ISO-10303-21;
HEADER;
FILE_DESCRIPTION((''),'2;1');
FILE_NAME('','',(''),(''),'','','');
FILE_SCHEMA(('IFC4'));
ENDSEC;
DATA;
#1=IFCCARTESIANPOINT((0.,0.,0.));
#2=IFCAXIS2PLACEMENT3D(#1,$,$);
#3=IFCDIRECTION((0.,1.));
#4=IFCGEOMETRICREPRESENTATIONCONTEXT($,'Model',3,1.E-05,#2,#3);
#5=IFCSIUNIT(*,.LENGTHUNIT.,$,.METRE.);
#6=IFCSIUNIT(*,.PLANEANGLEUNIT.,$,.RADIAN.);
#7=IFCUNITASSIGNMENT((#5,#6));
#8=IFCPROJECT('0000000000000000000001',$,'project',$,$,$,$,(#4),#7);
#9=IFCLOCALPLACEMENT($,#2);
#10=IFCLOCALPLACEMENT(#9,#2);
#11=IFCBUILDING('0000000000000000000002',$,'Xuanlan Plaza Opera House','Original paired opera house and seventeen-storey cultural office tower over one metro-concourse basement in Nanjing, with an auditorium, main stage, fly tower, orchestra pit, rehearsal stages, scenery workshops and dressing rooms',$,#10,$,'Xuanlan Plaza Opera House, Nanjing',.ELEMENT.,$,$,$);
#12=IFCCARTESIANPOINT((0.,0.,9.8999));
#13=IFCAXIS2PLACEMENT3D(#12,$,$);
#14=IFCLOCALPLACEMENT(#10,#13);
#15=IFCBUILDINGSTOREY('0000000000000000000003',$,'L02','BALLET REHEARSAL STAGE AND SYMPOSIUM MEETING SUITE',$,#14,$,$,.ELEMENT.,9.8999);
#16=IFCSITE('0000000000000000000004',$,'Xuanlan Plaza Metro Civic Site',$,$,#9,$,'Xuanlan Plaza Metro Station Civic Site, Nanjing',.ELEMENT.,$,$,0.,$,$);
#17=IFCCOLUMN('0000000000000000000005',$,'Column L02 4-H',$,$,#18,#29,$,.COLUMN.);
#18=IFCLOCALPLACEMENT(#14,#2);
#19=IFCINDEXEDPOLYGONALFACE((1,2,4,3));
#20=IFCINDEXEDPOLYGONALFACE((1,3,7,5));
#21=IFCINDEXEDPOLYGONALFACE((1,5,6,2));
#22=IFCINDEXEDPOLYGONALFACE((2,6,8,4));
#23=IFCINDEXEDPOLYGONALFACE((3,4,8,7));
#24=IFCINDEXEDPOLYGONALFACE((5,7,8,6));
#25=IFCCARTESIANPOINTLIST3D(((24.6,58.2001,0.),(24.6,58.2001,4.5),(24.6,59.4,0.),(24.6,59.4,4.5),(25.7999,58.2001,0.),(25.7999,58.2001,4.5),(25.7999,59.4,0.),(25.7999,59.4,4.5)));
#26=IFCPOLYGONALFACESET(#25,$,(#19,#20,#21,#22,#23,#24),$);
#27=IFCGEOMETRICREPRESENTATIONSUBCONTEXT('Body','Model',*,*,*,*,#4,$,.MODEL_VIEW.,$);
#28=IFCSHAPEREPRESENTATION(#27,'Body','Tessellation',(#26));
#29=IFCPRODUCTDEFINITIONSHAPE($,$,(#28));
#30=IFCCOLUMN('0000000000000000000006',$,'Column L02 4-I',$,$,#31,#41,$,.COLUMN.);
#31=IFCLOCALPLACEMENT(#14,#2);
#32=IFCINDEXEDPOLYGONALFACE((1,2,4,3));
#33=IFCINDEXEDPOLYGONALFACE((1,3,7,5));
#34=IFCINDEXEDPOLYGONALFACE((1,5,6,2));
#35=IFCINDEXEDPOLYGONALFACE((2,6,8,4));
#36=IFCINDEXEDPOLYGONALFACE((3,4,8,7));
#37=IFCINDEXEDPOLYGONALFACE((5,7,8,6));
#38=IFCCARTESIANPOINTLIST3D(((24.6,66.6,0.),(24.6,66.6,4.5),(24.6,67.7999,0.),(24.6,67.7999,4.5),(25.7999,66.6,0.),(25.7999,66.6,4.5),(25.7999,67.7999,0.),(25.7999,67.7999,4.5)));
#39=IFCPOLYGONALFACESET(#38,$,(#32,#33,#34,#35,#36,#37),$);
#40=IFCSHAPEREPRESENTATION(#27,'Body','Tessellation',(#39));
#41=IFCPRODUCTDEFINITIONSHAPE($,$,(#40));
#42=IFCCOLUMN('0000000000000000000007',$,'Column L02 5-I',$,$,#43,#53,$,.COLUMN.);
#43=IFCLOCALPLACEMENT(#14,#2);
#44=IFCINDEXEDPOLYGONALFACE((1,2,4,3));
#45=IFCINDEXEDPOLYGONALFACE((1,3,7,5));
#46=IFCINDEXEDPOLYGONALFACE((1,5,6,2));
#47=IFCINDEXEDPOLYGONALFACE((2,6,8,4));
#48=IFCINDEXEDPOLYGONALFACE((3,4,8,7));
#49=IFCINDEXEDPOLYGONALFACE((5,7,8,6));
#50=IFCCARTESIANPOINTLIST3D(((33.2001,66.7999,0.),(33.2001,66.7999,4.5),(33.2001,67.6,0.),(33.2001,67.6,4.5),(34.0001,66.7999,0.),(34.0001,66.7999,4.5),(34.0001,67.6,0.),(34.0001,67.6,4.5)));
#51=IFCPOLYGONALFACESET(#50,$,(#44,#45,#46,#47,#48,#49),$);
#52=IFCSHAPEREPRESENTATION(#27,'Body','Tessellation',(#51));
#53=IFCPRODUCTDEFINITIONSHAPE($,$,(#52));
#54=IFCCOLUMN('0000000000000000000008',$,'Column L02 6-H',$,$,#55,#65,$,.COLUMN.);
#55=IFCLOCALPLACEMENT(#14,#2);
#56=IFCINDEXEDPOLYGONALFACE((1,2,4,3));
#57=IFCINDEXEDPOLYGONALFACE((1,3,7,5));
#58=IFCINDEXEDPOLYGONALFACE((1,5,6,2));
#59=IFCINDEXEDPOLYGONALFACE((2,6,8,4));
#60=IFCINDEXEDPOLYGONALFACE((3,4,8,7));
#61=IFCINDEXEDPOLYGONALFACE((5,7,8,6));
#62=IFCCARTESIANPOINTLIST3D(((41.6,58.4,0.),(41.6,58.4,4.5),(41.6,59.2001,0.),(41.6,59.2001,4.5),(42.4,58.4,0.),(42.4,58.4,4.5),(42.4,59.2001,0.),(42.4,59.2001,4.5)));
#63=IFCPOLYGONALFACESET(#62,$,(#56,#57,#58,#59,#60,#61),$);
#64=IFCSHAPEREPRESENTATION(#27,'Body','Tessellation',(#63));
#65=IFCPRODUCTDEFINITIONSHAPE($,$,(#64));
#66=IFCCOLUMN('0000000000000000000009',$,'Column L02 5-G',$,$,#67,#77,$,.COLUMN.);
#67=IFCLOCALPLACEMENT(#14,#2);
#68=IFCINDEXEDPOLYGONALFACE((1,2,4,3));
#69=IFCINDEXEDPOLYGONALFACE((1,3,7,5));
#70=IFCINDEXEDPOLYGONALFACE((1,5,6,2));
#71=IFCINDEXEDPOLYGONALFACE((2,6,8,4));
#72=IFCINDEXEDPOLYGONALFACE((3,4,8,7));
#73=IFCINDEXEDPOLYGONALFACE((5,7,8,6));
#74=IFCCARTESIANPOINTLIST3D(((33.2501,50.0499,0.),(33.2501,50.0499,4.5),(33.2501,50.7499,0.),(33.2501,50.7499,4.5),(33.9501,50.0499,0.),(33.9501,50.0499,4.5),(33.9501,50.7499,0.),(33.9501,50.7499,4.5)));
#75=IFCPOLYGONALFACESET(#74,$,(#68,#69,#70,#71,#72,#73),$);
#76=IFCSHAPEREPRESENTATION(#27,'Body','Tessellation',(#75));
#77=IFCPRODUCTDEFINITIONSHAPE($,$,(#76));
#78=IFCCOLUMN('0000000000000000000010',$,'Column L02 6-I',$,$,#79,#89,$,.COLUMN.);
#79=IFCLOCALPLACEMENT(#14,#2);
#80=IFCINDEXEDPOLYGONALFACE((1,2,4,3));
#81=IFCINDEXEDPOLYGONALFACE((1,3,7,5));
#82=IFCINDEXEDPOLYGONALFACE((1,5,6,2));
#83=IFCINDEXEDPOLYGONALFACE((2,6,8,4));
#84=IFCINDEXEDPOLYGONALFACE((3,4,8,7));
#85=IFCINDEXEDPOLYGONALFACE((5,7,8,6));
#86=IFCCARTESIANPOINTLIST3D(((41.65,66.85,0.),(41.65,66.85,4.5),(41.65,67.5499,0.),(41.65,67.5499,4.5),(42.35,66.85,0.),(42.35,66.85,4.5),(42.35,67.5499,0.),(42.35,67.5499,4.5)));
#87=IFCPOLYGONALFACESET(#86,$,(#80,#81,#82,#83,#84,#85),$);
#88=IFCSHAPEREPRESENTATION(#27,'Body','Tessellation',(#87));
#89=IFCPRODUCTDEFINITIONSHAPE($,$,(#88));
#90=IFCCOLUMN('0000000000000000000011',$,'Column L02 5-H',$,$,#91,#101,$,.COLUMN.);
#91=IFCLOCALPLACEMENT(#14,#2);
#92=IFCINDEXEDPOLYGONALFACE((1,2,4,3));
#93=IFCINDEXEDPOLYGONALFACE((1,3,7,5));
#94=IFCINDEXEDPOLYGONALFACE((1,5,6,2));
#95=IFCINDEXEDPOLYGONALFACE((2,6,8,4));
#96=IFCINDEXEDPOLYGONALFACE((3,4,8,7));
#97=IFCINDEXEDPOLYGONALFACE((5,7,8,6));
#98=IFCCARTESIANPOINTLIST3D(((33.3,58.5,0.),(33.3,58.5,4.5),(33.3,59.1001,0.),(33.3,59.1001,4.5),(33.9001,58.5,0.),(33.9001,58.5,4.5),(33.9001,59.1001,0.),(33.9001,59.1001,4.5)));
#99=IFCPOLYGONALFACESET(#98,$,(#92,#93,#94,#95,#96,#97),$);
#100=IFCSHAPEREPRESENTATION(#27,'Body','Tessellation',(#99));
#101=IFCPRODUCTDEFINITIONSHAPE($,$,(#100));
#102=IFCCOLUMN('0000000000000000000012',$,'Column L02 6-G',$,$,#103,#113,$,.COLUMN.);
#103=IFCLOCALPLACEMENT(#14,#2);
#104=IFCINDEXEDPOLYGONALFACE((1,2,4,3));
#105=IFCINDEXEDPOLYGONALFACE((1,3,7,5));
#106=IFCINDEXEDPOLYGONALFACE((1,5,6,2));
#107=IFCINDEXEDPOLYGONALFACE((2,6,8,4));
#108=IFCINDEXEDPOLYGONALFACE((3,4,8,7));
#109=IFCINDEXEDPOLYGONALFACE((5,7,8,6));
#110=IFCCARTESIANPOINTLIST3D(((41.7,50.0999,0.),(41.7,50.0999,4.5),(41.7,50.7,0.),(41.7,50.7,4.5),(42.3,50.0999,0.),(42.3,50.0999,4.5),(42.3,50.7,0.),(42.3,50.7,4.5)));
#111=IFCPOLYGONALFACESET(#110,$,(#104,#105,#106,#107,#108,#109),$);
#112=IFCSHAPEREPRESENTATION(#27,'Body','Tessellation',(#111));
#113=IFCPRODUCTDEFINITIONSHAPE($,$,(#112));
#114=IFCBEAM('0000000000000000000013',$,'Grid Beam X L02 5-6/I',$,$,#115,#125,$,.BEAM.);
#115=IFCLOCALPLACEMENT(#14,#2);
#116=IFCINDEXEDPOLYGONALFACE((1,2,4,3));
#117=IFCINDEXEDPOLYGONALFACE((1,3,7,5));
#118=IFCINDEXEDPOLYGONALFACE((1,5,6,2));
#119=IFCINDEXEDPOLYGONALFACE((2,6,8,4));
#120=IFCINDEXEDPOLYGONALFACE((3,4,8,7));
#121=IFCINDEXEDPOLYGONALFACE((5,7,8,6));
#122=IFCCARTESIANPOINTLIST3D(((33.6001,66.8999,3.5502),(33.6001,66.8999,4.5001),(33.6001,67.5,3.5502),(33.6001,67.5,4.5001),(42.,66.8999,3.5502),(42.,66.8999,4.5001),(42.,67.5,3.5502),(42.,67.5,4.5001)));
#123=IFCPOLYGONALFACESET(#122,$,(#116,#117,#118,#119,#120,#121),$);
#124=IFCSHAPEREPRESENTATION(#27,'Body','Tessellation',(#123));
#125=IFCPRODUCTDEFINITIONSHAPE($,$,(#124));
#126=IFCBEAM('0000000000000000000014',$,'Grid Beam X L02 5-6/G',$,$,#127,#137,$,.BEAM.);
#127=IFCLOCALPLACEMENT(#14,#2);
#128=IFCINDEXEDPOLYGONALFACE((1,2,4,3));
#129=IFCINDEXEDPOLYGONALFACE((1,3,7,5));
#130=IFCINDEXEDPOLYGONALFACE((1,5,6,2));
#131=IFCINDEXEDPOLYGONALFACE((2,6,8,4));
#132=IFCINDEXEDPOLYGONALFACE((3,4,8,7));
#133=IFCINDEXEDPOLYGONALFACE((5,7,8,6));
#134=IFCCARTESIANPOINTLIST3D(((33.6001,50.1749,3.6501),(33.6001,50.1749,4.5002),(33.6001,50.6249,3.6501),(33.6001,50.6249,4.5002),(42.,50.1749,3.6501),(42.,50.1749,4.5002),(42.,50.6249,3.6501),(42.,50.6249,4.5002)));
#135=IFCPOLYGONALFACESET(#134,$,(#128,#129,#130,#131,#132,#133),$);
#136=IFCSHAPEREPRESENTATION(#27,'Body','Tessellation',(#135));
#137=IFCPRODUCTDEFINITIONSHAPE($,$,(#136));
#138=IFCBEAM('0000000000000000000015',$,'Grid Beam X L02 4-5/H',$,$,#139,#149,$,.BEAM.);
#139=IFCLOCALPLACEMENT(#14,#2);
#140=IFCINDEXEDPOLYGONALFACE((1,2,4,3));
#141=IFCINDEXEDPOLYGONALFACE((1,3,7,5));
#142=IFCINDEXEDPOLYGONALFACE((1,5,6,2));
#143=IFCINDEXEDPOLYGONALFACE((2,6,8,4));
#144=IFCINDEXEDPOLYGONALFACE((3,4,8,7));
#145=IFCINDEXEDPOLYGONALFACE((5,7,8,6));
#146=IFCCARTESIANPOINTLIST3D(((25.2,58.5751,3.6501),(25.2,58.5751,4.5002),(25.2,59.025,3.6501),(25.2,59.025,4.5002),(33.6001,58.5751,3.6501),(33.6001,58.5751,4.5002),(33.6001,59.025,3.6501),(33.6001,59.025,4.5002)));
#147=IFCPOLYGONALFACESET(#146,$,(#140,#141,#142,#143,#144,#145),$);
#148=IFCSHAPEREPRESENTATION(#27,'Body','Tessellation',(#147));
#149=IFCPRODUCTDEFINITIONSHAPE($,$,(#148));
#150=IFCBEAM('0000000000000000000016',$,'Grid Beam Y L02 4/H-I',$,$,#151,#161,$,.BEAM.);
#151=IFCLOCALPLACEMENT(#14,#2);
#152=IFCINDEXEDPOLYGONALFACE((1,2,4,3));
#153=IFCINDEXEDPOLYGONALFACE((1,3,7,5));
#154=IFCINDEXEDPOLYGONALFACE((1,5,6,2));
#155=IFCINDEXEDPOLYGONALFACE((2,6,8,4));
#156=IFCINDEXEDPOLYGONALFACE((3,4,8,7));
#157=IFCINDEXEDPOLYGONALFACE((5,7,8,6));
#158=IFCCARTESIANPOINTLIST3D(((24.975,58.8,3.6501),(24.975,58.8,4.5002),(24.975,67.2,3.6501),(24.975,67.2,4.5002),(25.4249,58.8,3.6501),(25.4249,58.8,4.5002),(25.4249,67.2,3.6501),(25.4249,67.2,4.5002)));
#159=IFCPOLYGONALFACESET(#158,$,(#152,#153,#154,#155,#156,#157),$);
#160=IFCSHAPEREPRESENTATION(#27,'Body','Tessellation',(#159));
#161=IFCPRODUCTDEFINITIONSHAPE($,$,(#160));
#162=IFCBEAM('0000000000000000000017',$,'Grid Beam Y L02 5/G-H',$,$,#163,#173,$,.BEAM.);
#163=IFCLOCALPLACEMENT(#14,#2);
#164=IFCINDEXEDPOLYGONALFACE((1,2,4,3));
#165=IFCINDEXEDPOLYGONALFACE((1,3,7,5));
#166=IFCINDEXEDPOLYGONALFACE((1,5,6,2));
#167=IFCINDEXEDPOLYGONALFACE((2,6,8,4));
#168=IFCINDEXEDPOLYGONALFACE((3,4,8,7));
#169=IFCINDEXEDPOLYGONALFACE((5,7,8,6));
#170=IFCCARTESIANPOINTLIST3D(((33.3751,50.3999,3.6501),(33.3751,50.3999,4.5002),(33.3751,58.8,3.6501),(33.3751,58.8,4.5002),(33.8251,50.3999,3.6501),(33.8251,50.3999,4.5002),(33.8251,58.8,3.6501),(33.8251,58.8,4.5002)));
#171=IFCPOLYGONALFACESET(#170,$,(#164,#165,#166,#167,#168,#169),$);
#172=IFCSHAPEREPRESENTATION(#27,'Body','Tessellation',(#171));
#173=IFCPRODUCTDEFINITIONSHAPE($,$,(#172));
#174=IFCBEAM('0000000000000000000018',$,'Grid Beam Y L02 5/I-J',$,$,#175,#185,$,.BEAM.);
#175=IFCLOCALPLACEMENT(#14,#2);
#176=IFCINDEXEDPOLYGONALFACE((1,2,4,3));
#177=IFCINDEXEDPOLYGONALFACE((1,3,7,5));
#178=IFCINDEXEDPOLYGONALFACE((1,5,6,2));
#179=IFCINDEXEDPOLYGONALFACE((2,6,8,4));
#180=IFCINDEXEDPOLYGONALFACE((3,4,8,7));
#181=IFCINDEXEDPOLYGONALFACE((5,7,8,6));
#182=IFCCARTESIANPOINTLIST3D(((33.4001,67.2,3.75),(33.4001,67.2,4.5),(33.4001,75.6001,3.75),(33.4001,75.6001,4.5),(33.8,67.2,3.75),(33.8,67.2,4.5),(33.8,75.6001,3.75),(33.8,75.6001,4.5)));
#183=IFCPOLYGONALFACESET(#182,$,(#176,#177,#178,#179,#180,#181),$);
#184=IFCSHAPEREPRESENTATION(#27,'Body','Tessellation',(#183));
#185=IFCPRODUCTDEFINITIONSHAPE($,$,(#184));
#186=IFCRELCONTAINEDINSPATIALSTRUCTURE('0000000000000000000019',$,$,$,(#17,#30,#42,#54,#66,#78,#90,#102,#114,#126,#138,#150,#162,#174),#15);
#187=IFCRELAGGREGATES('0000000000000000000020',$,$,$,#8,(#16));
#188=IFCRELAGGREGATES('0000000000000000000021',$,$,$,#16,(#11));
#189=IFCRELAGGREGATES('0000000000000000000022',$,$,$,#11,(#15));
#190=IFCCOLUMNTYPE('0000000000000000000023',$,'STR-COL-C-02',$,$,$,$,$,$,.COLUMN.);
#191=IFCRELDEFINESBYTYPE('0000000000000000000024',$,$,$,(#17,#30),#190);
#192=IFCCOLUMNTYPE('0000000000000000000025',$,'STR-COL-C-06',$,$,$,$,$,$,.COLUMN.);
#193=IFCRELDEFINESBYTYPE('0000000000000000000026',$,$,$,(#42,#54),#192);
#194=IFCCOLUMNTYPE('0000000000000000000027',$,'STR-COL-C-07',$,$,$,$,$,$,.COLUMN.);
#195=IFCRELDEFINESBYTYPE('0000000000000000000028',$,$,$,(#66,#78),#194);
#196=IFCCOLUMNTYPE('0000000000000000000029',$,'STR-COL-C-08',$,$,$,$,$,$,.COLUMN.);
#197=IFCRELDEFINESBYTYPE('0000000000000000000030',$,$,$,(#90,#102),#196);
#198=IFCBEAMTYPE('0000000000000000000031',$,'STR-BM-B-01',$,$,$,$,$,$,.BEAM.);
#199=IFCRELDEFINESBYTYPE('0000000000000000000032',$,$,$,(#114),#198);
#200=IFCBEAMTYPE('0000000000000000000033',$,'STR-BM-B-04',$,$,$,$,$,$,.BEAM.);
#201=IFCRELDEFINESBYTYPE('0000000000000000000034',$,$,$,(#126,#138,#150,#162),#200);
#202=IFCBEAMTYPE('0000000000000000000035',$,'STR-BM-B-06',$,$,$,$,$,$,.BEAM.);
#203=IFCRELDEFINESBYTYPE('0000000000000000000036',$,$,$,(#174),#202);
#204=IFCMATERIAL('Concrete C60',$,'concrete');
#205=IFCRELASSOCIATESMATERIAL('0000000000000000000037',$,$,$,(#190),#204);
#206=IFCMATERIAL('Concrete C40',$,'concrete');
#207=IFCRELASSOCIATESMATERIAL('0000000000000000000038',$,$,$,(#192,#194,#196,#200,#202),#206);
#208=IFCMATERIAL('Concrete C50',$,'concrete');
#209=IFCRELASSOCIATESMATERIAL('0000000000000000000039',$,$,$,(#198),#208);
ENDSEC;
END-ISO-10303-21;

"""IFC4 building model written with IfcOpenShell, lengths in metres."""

from ifc_helpers import new_model, si_unit, direction, frame, origin, origin_2d, place, context, subcontext, project, spatial, rectangle, extrude, material, material_profile, profile_set, type_object, element, save


model = new_model("IFC4")

# Units and contexts
model_context = context("Model", 3, precision=1e-05, world=origin(), true_north=direction((0.0, 1.0)))
body_context = subcontext(model_context, "Body", "Model", "MODEL_VIEW")
ifc_project = project(units=[si_unit("LENGTHUNIT", "METRE"), si_unit("PLANEANGLEUNIT", "RADIAN")], contexts=[model_context])

# Site, building, storey
site_placement = place(None, origin())
site = spatial("IfcSite", under=ifc_project, at=site_placement, Name="Xuanlan Plaza Metro Civic Site", LongName="Xuanlan Plaza Metro Station Civic Site, Nanjing", CompositionType="ELEMENT", RefElevation=0.0)
building_placement = place(site_placement, origin())
building = spatial("IfcBuilding", under=site, at=building_placement, Name="Xuanlan Plaza Opera House", Description="Original paired opera house and seventeen-storey cultural office tower over one metro-concourse basement in Nanjing, with an auditorium, main stage, fly tower, orchestra pit, rehearsal stages, scenery workshops and dressing rooms", LongName="Xuanlan Plaza Opera House, Nanjing", CompositionType="ELEMENT")
storey_placement = place(building_placement, frame((0.0, 0.0, 9.8999)))
storey = spatial("IfcBuildingStorey", under=building, at=storey_placement, Name="L02", Description="BALLET REHEARSAL STAGE AND SYMPOSIUM MEETING SUITE", CompositionType="ELEMENT", Elevation=9.8999)

# Columns
ifc_material_1 = material(Name="Concrete C60", Category="concrete")
ifc_material_profile_1 = material_profile(ifc_material_1, rectangle(XDim=1.2, YDim=1.2, at=origin_2d()), Name="RC-COL 1200x1200")
ifc_profile_set_1 = profile_set([ifc_material_profile_1], Name="Concrete C60")
column_type_1 = type_object("IfcColumnType", Name="STR-COL-C-02", PredefinedType="COLUMN", material=ifc_profile_set_1)
for number, where, z_axis, x_axis, name in (
    (1, (25.2, 58.8, 0.0), (0.0, 0.0, 1.0), (1.0, 0.0, 0.0), "Column L02 4-H"),
    (2, (25.2, 67.2, 0.0), (0.0, 0.0, 1.0), (1.0, 0.0, 0.0), "Column L02 4-I"),
):
    element("IfcColumn", number, at=place(storey_placement, frame(where, z_axis=z_axis, x_axis=x_axis)), inside=storey, type_object=column_type_1, Name=name, PredefinedType="COLUMN", context=body_context, shape_type="SweptSolid", body=[
        extrude(rectangle(XDim=1.2, YDim=1.2, at=origin_2d()), origin(), (0.0, 0.0, 1.0), 4.5),
    ])
ifc_material_2 = material(Name="Concrete C40", Category="concrete")
ifc_material_profile_2 = material_profile(ifc_material_2, rectangle(XDim=0.8, YDim=0.8, at=origin_2d()), Name="RC-COL 800x800")
ifc_profile_set_2 = profile_set([ifc_material_profile_2], Name="Concrete C40")
column_type_2 = type_object("IfcColumnType", Name="STR-COL-C-06", PredefinedType="COLUMN", material=ifc_profile_set_2)
for number, where, z_axis, x_axis, name in (
    (3, (33.6001, 67.2, 0.0), (0.0, 0.0, 1.0), (1.0, 0.0, 0.0), "Column L02 5-I"),
    (4, (42.0, 58.8, 0.0), (0.0, 0.0, 1.0), (1.0, 0.0, 0.0), "Column L02 6-H"),
):
    element("IfcColumn", number, at=place(storey_placement, frame(where, z_axis=z_axis, x_axis=x_axis)), inside=storey, type_object=column_type_2, Name=name, PredefinedType="COLUMN", context=body_context, shape_type="SweptSolid", body=[
        extrude(rectangle(XDim=0.8, YDim=0.8, at=origin_2d()), origin(), (0.0, 0.0, 1.0), 4.5),
    ])
ifc_material_profile_3 = material_profile(ifc_material_2, rectangle(XDim=0.7, YDim=0.7, at=origin_2d()), Name="RC-COL 700x700")
ifc_profile_set_3 = profile_set([ifc_material_profile_3], Name="Concrete C40")
column_type_3 = type_object("IfcColumnType", Name="STR-COL-C-07", PredefinedType="COLUMN", material=ifc_profile_set_3)
for number, where, z_axis, x_axis, name in (
    (5, (33.6001, 50.3999, 0.0), (0.0, 0.0, 1.0), (1.0, 0.0, 0.0), "Column L02 5-G"),
    (6, (42.0, 67.2, 0.0), (0.0, 0.0, 1.0), (1.0, 0.0, 0.0), "Column L02 6-I"),
):
    element("IfcColumn", number, at=place(storey_placement, frame(where, z_axis=z_axis, x_axis=x_axis)), inside=storey, type_object=column_type_3, Name=name, PredefinedType="COLUMN", context=body_context, shape_type="SweptSolid", body=[
        extrude(rectangle(XDim=0.7, YDim=0.7, at=origin_2d()), origin(), (0.0, 0.0, 1.0), 4.5),
    ])
ifc_material_profile_4 = material_profile(ifc_material_2, rectangle(XDim=0.6001, YDim=0.6001, at=origin_2d()), Name="RC-COL 600x600")
ifc_profile_set_4 = profile_set([ifc_material_profile_4], Name="Concrete C40")
column_type_4 = type_object("IfcColumnType", Name="STR-COL-C-08", PredefinedType="COLUMN", material=ifc_profile_set_4)
for number, where, z_axis, x_axis, name in (
    (7, (33.6001, 58.8, 0.0), (0.0, 0.0, 1.0), (1.0, 0.0, 0.0), "Column L02 5-H"),
    (8, (42.0, 50.3999, 0.0), (0.0, 0.0, 1.0), (1.0, 0.0, 0.0), "Column L02 6-G"),
):
    element("IfcColumn", number, at=place(storey_placement, frame(where, z_axis=z_axis, x_axis=x_axis)), inside=storey, type_object=column_type_4, Name=name, PredefinedType="COLUMN", context=body_context, shape_type="SweptSolid", body=[
        extrude(rectangle(XDim=0.6001, YDim=0.6001, at=origin_2d()), origin(), (0.0, 0.0, 1.0), 4.5),
    ])

# Beams
ifc_material_3 = material(Name="Concrete C50", Category="concrete")
ifc_material_profile_5 = material_profile(ifc_material_3, rectangle(XDim=0.6001, YDim=0.95, at=origin_2d()), Name="RC-BM 600x950")
ifc_profile_set_5 = profile_set([ifc_material_profile_5], Name="Concrete C50")
beam_type_1 = type_object("IfcBeamType", Name="STR-BM-B-01", PredefinedType="BEAM", material=ifc_profile_set_5)
beam_1_placement = place(storey_placement, frame((33.6001, 67.2, 4.0251), z_axis=(1.0, 0.0, 0.0), x_axis=(0.0, 1.0, 0.0)))
element("IfcBeam", 9, at=beam_1_placement, inside=storey, type_object=beam_type_1, Name="Grid Beam X L02 5-6/I", PredefinedType="BEAM", context=body_context, shape_type="SweptSolid", body=[
    extrude(rectangle(XDim=0.6001, YDim=0.95, at=origin_2d()), origin(), (0.0, 0.0, 1.0), 8.3999),
])
ifc_material_profile_6 = material_profile(ifc_material_2, rectangle(XDim=0.45, YDim=0.8501, at=origin_2d()), Name="RC-BM 450x850")
ifc_profile_set_6 = profile_set([ifc_material_profile_6], Name="Concrete C40")
beam_type_2 = type_object("IfcBeamType", Name="STR-BM-B-04", PredefinedType="BEAM", material=ifc_profile_set_6)
beam_2_placement = place(storey_placement, frame((33.6001, 50.3999, 4.0752), z_axis=(1.0, 0.0, 0.0), x_axis=(0.0, 1.0, 0.0)))
element("IfcBeam", 10, at=beam_2_placement, inside=storey, type_object=beam_type_2, Name="Grid Beam X L02 5-6/G", PredefinedType="BEAM", context=body_context, shape_type="SweptSolid", body=[
    extrude(rectangle(XDim=0.45, YDim=0.8501, at=origin_2d()), origin(), (0.0, 0.0, 1.0), 8.3999),
])
beam_3_placement = place(storey_placement, frame((25.2, 58.8, 4.0752), z_axis=(1.0, 0.0, 0.0), x_axis=(0.0, 1.0, 0.0)))
element("IfcBeam", 11, at=beam_3_placement, inside=storey, type_object=beam_type_2, Name="Grid Beam X L02 4-5/H", PredefinedType="BEAM", context=body_context, shape_type="SweptSolid", body=[
    extrude(rectangle(XDim=0.45, YDim=0.8501, at=origin_2d()), origin(), (0.0, 0.0, 1.0), 8.4001),
])
beam_4_placement = place(storey_placement, frame((25.2, 58.8, 4.0752), z_axis=(0.0, 1.0, 0.0), x_axis=(-1.0, 0.0, 0.0)))
element("IfcBeam", 12, at=beam_4_placement, inside=storey, type_object=beam_type_2, Name="Grid Beam Y L02 4/H-I", PredefinedType="BEAM", context=body_context, shape_type="SweptSolid", body=[
    extrude(rectangle(XDim=0.45, YDim=0.8501, at=origin_2d()), origin(), (0.0, 0.0, 1.0), 8.3999),
])
beam_5_placement = place(storey_placement, frame((33.6001, 50.3999, 4.0752), z_axis=(0.0, 1.0, 0.0), x_axis=(-1.0, 0.0, 0.0)))
element("IfcBeam", 13, at=beam_5_placement, inside=storey, type_object=beam_type_2, Name="Grid Beam Y L02 5/G-H", PredefinedType="BEAM", context=body_context, shape_type="SweptSolid", body=[
    extrude(rectangle(XDim=0.45, YDim=0.8501, at=origin_2d()), origin(), (0.0, 0.0, 1.0), 8.4001),
])
ifc_material_profile_7 = material_profile(ifc_material_2, rectangle(XDim=0.3999, YDim=0.75, at=origin_2d()), Name="RC-BM 400x750")
ifc_profile_set_7 = profile_set([ifc_material_profile_7], Name="Concrete C40")
beam_type_3 = type_object("IfcBeamType", Name="STR-BM-B-06", PredefinedType="BEAM", material=ifc_profile_set_7)
beam_6_placement = place(storey_placement, frame((33.6001, 67.2, 4.125), z_axis=(0.0, 1.0, 0.0), x_axis=(-1.0, 0.0, 0.0)))
element("IfcBeam", 14, at=beam_6_placement, inside=storey, type_object=beam_type_3, Name="Grid Beam Y L02 5/I-J", PredefinedType="BEAM", context=body_context, shape_type="SweptSolid", body=[
    extrude(rectangle(XDim=0.3999, YDim=0.75, at=origin_2d()), origin(), (0.0, 0.0, 1.0), 8.4001),
])

save(model, "model.ifc")
